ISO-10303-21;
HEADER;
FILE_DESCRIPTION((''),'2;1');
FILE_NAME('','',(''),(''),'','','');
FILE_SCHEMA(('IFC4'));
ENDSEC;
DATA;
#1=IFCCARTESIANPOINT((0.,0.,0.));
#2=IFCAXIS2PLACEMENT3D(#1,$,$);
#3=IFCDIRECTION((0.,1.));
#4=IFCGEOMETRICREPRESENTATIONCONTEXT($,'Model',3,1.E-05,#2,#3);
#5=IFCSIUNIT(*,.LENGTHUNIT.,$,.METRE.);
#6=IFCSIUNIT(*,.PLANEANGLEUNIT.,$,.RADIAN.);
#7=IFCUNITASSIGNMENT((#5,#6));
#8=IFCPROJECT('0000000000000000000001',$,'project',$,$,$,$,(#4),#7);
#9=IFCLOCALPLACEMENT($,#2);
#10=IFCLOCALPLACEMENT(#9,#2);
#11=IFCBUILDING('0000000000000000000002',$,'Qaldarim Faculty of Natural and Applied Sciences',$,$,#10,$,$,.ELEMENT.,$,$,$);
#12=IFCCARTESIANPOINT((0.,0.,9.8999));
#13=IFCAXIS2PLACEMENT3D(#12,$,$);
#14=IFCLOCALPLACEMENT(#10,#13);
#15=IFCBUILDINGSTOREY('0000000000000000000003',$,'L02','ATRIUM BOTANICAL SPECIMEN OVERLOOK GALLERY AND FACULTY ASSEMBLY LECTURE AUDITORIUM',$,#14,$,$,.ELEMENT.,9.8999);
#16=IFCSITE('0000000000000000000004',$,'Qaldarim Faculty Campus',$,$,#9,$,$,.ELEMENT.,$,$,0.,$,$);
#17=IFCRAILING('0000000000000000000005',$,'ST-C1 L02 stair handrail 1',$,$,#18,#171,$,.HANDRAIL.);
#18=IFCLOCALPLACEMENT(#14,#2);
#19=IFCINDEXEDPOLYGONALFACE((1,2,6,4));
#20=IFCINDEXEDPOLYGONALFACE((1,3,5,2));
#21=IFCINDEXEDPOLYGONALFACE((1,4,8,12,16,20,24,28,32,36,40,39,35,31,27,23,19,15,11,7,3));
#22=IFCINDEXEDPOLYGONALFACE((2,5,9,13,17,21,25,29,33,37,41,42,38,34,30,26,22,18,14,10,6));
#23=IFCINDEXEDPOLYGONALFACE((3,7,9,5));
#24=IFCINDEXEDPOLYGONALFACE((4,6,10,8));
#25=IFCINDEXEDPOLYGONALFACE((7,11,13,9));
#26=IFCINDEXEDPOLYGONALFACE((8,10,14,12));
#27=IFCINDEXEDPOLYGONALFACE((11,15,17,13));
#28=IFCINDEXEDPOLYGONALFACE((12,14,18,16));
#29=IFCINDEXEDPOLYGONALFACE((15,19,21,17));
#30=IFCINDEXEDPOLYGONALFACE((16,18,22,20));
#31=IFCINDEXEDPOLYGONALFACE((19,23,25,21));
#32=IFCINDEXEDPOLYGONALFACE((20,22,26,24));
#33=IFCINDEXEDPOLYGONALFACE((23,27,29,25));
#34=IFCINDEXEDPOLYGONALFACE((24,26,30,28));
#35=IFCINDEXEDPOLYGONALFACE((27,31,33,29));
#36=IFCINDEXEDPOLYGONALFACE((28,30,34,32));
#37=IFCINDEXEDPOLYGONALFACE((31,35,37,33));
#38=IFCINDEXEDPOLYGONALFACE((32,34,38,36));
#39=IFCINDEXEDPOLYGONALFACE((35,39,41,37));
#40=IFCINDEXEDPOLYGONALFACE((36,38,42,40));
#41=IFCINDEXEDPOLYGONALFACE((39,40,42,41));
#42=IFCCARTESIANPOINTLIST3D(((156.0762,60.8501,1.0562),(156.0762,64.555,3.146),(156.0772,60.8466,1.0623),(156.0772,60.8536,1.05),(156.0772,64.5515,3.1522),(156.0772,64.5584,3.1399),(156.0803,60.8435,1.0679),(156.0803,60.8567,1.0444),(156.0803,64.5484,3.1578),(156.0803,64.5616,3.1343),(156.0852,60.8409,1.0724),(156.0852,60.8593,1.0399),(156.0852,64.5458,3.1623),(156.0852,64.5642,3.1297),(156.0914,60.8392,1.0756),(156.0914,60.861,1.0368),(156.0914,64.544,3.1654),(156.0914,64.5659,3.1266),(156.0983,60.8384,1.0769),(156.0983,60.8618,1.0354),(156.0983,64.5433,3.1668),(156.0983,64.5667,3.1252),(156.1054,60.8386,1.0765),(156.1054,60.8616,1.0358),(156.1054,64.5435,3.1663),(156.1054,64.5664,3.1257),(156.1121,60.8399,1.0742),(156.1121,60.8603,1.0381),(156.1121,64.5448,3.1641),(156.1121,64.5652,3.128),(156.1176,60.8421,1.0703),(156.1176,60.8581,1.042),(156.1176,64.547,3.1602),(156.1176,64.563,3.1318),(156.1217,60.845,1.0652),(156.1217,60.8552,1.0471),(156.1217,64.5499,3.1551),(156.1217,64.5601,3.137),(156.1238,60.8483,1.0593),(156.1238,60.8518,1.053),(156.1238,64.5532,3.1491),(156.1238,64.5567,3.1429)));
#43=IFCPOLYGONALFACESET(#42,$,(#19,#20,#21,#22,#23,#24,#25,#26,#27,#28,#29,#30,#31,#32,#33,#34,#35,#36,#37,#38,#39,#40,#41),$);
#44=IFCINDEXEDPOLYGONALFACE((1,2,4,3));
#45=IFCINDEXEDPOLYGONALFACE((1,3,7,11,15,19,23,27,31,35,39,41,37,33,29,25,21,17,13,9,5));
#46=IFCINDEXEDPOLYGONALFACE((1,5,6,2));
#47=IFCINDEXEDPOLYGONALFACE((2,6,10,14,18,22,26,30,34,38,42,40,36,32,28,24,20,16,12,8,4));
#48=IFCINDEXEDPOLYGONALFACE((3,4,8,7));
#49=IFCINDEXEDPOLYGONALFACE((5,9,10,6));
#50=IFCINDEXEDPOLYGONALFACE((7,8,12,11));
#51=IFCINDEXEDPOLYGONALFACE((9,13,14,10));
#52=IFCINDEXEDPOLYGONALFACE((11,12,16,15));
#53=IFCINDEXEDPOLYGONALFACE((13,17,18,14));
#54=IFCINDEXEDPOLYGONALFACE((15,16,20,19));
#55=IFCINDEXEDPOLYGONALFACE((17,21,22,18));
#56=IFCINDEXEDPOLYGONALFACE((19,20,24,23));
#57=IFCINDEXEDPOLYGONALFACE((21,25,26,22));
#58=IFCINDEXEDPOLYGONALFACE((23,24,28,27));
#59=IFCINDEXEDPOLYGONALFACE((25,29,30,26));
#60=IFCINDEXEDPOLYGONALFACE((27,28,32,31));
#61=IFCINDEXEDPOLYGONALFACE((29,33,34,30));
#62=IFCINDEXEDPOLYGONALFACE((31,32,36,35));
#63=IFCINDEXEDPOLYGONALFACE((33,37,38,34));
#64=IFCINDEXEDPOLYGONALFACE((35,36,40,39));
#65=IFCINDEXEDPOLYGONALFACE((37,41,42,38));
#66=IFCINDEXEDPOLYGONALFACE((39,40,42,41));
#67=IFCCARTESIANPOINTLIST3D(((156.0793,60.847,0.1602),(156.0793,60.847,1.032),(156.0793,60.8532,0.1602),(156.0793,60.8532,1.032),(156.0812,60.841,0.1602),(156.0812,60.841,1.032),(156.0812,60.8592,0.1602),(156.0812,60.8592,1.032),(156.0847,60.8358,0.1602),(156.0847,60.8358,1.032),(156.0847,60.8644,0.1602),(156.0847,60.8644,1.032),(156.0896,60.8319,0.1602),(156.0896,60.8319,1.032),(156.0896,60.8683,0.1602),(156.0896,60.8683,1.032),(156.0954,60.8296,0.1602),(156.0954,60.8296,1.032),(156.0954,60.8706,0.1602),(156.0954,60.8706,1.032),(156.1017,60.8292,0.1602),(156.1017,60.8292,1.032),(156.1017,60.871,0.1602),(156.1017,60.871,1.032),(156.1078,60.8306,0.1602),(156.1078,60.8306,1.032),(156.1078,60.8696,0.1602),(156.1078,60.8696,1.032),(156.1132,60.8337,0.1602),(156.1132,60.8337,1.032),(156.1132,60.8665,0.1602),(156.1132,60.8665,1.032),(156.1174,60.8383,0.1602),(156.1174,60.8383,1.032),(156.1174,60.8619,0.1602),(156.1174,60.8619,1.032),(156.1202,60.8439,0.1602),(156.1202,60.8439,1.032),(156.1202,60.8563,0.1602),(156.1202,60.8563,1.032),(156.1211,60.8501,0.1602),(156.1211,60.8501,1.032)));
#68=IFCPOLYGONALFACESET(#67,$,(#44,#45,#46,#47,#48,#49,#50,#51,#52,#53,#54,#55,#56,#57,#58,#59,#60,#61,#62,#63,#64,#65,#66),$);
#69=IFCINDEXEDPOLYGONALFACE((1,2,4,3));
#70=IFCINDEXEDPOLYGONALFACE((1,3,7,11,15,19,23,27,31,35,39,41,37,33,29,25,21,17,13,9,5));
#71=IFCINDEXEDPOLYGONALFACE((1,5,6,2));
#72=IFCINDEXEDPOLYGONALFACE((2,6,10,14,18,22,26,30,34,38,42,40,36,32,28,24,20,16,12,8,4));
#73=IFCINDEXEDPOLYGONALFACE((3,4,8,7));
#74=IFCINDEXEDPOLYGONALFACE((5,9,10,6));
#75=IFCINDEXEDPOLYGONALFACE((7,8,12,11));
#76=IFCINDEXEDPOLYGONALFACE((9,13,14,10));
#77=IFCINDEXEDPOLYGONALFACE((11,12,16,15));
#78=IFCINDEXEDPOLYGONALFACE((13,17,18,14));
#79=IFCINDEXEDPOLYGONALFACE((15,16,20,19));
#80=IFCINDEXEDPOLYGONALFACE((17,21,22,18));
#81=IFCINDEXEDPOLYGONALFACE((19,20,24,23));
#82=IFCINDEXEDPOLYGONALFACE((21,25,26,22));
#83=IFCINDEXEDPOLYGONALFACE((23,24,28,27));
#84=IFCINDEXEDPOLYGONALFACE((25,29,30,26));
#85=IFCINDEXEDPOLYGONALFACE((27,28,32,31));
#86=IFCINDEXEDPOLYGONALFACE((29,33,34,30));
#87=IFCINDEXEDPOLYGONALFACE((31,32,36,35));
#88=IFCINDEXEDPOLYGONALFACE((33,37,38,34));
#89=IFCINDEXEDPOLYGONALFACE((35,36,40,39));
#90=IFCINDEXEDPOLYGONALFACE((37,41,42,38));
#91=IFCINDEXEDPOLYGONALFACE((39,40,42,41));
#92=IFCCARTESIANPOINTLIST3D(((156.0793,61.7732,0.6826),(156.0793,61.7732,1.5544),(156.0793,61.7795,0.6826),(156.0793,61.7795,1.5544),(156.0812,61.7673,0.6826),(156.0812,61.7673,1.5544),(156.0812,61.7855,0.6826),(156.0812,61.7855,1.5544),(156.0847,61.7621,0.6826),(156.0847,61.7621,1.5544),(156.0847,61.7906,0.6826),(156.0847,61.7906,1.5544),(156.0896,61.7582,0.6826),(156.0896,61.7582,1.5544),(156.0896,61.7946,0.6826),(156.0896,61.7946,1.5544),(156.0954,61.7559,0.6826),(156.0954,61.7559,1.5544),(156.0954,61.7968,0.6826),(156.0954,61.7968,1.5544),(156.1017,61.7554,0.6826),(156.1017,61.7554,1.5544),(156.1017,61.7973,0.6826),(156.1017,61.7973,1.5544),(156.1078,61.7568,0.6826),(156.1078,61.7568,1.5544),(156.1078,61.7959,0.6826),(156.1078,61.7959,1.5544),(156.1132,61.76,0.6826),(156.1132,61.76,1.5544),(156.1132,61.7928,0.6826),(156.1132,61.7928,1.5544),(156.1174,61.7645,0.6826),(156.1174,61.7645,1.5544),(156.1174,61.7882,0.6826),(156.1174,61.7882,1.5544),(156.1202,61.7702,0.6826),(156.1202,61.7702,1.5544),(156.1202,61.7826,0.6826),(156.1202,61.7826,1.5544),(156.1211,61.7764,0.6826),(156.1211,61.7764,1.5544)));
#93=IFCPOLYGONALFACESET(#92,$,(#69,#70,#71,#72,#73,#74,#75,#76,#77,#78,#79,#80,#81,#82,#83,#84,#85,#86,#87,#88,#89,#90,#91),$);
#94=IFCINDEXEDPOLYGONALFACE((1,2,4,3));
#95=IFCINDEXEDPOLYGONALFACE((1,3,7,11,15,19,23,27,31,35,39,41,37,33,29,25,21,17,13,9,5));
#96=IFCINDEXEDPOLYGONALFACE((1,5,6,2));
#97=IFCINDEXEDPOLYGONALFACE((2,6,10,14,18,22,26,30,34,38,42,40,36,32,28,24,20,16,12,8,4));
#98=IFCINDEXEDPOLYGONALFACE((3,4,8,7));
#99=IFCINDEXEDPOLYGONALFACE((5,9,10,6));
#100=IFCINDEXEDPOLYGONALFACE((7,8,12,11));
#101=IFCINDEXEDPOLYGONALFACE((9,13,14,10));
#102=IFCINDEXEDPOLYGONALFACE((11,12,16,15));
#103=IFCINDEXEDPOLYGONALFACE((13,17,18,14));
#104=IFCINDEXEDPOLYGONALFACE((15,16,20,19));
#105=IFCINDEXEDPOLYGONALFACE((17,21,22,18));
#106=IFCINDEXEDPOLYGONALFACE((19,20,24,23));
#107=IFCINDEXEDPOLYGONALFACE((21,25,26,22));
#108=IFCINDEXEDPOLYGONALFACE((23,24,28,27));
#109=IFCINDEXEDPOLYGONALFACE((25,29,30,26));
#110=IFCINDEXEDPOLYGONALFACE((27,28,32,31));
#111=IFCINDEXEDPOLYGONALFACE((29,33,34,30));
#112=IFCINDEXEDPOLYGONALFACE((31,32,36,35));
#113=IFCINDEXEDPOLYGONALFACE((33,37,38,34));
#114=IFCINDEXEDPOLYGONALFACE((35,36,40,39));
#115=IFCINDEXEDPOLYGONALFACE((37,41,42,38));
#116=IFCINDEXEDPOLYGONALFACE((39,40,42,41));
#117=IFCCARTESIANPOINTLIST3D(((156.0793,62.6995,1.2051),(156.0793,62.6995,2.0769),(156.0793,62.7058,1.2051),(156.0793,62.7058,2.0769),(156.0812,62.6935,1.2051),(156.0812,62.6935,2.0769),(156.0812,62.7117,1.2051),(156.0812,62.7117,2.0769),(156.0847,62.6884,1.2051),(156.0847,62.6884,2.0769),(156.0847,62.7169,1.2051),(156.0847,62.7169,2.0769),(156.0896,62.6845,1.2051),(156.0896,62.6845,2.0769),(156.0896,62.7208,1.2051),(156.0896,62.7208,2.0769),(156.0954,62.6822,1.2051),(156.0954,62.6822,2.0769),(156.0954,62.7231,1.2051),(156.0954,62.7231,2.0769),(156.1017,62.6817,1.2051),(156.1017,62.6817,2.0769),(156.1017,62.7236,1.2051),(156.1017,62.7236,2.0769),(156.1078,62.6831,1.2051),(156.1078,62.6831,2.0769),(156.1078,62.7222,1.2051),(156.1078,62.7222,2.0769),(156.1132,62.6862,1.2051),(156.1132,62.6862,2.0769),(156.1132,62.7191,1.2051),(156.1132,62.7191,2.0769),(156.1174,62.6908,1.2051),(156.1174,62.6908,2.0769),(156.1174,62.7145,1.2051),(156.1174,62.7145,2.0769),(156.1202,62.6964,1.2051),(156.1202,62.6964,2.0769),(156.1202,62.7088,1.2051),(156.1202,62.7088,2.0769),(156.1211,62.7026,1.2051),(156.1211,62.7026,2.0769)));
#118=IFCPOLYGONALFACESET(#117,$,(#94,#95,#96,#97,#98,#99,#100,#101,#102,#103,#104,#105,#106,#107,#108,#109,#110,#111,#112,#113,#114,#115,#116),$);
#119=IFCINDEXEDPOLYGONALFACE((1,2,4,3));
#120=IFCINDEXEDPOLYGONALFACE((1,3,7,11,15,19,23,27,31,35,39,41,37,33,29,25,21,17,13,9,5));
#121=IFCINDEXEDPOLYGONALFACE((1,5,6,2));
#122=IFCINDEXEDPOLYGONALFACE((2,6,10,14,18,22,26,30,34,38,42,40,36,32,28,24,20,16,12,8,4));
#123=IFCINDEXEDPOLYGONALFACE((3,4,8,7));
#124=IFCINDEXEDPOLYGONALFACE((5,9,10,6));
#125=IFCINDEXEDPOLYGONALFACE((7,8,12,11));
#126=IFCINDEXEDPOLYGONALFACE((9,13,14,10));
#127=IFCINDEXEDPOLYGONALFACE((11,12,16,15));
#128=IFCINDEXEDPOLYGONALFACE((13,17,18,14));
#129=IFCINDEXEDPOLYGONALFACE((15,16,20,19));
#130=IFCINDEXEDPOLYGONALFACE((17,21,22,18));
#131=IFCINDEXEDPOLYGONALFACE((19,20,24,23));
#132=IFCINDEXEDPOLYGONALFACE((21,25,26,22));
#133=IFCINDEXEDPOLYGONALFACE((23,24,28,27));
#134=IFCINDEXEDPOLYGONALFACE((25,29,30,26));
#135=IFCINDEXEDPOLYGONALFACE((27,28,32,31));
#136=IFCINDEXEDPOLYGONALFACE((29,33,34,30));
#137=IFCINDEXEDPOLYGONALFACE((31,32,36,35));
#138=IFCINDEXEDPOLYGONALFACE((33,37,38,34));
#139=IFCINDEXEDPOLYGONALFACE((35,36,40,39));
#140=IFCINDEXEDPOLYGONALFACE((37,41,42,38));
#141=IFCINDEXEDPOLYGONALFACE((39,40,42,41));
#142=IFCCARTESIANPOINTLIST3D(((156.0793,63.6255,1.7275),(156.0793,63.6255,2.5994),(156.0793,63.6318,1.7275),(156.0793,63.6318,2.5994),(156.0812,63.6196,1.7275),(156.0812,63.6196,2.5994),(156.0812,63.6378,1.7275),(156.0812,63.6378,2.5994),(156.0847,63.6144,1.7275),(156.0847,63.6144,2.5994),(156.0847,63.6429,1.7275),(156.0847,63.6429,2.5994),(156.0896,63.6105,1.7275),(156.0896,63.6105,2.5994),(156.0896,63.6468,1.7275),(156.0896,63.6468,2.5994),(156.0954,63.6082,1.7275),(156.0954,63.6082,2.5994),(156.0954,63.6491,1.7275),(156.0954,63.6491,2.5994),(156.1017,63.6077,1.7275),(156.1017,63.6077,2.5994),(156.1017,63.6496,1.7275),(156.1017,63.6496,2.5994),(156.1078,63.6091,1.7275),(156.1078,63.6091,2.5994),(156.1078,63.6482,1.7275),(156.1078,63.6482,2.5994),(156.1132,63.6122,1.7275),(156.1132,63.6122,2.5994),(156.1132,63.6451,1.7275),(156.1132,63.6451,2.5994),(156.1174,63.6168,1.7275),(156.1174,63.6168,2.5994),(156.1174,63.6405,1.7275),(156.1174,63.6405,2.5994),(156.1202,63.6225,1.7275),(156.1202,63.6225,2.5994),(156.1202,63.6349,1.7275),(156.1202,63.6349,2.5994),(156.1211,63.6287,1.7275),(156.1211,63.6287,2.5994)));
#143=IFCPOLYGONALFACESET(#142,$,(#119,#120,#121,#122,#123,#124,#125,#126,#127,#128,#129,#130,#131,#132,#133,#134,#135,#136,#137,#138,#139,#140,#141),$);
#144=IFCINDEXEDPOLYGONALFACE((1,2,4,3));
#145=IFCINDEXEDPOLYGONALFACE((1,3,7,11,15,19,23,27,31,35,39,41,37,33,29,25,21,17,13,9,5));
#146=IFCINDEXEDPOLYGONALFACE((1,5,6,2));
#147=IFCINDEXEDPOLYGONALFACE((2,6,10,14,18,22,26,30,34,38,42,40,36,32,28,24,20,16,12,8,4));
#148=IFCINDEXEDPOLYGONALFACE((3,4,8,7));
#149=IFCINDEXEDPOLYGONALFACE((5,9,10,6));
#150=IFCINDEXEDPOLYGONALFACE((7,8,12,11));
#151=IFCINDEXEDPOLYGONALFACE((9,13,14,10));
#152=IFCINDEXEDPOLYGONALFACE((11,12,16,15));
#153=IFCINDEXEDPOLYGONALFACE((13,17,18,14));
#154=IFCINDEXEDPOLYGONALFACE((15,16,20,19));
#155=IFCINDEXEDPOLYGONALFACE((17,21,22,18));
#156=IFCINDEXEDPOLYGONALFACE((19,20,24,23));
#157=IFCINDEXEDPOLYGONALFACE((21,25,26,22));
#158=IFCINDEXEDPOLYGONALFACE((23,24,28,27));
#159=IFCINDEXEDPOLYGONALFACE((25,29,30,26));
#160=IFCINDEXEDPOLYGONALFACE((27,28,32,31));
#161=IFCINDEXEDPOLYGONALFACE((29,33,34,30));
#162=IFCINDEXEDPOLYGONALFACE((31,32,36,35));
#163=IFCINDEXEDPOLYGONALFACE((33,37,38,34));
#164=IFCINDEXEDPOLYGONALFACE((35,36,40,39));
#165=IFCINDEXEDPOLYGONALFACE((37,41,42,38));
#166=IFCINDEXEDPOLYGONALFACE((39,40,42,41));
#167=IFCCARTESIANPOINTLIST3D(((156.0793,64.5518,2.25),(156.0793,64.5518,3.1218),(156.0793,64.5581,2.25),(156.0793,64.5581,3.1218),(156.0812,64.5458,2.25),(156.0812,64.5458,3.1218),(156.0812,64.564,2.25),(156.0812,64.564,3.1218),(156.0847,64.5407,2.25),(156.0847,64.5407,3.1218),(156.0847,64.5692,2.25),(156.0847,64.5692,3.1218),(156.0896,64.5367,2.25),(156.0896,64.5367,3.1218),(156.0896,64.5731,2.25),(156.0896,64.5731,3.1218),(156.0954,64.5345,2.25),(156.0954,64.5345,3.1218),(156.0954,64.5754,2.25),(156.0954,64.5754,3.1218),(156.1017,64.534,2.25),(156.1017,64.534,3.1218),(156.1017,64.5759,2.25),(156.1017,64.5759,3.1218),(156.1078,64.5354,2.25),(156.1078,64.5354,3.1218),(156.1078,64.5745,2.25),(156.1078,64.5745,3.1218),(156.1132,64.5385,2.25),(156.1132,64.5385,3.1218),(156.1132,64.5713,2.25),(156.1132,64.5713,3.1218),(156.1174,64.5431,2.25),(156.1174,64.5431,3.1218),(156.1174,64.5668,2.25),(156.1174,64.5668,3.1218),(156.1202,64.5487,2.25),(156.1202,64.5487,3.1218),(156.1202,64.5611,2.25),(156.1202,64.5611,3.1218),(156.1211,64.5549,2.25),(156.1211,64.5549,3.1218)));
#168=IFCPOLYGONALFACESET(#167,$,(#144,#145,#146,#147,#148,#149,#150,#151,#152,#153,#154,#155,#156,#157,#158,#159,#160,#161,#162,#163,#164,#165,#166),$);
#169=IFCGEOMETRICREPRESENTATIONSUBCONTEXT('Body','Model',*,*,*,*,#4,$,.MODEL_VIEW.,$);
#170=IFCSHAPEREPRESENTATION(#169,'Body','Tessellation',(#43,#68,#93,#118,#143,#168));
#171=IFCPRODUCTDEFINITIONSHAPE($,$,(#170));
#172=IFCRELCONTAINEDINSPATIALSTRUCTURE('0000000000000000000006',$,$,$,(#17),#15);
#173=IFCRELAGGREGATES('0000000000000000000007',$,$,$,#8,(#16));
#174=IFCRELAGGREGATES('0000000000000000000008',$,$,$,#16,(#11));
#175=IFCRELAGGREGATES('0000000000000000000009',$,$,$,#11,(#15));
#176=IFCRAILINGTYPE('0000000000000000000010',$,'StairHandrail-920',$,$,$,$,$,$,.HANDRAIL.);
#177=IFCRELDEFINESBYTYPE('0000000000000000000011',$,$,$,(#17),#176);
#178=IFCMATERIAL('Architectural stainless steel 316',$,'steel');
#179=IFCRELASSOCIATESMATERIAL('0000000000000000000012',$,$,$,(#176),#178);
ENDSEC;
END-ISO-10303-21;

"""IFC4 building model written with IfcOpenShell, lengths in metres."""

from ifc_helpers import new_model, si_unit, direction, frame, origin, origin_2d, place, context, subcontext, project, spatial, circle, extrude, material, type_object, element, save


model = new_model("IFC4")

# Units and contexts
model_context = context("Model", 3, precision=1e-05, world=origin(), true_north=direction((0.0, 1.0)))
body_context = subcontext(model_context, "Body", "Model", "MODEL_VIEW")
ifc_project = project(units=[si_unit("LENGTHUNIT", "METRE"), si_unit("PLANEANGLEUNIT", "RADIAN")], contexts=[model_context])

# Site, building, storey
site_placement = place(None, origin())
site = spatial("IfcSite", under=ifc_project, at=site_placement, Name="Qaldarim Faculty Campus", CompositionType="ELEMENT", RefElevation=0.0)
building_placement = place(site_placement, origin())
building = spatial("IfcBuilding", under=site, at=building_placement, Name="Qaldarim Faculty of Natural and Applied Sciences", CompositionType="ELEMENT")
storey_placement = place(building_placement, frame((0.0, 0.0, 9.8999)))
storey = spatial("IfcBuildingStorey", under=building, at=storey_placement, Name="L02", Description="ATRIUM BOTANICAL SPECIMEN OVERLOOK GALLERY AND FACULTY ASSEMBLY LECTURE AUDITORIUM", CompositionType="ELEMENT", Elevation=9.8999)

# Shared definitions
ifc_material_1 = material(Name="Architectural stainless steel 316", Category="steel")

# Railing
railing_type_1 = type_object("IfcRailingType", Name="StairHandrail-920", PredefinedType="HANDRAIL", material=ifc_material_1)
railing_1_placement = place(storey_placement, frame((156.1001, 60.8501, 0.1602)))
element("IfcRailing", 1, at=railing_1_placement, inside=storey, type_object=railing_type_1, Name="ST-C1 L02 stair handrail 1", PredefinedType="HANDRAIL", context=body_context, shape_type="SweptSolid", body=[
    extrude(circle(Radius=0.0239, at=origin_2d()), frame((0.0, 0.0, 0.896), z_axis=(0.0, 0.870985, 0.49131), x_axis=(-1.0, 0.0, 0.0)), (0.0, 0.0, 1.0), 4.2537),
    extrude(circle(Radius=0.021, at=origin_2d()), origin(), (0.0, 0.0, 1.0), 0.8718),
    extrude(circle(Radius=0.021, at=origin_2d()), frame((0.0, 0.9263, 0.5225)), (0.0, 0.0, 1.0), 0.8718),
    extrude(circle(Radius=0.021, at=origin_2d()), frame((0.0, 1.8525, 1.0449)), (0.0, 0.0, 1.0), 0.8718),
    extrude(circle(Radius=0.021, at=origin_2d()), frame((0.0, 2.7786, 1.5674)), (0.0, 0.0, 1.0), 0.8718),
    extrude(circle(Radius=0.021, at=origin_2d()), frame((0.0, 3.7048, 2.0898)), (0.0, 0.0, 1.0), 0.8718),
])

save(model, "model.ifc")
